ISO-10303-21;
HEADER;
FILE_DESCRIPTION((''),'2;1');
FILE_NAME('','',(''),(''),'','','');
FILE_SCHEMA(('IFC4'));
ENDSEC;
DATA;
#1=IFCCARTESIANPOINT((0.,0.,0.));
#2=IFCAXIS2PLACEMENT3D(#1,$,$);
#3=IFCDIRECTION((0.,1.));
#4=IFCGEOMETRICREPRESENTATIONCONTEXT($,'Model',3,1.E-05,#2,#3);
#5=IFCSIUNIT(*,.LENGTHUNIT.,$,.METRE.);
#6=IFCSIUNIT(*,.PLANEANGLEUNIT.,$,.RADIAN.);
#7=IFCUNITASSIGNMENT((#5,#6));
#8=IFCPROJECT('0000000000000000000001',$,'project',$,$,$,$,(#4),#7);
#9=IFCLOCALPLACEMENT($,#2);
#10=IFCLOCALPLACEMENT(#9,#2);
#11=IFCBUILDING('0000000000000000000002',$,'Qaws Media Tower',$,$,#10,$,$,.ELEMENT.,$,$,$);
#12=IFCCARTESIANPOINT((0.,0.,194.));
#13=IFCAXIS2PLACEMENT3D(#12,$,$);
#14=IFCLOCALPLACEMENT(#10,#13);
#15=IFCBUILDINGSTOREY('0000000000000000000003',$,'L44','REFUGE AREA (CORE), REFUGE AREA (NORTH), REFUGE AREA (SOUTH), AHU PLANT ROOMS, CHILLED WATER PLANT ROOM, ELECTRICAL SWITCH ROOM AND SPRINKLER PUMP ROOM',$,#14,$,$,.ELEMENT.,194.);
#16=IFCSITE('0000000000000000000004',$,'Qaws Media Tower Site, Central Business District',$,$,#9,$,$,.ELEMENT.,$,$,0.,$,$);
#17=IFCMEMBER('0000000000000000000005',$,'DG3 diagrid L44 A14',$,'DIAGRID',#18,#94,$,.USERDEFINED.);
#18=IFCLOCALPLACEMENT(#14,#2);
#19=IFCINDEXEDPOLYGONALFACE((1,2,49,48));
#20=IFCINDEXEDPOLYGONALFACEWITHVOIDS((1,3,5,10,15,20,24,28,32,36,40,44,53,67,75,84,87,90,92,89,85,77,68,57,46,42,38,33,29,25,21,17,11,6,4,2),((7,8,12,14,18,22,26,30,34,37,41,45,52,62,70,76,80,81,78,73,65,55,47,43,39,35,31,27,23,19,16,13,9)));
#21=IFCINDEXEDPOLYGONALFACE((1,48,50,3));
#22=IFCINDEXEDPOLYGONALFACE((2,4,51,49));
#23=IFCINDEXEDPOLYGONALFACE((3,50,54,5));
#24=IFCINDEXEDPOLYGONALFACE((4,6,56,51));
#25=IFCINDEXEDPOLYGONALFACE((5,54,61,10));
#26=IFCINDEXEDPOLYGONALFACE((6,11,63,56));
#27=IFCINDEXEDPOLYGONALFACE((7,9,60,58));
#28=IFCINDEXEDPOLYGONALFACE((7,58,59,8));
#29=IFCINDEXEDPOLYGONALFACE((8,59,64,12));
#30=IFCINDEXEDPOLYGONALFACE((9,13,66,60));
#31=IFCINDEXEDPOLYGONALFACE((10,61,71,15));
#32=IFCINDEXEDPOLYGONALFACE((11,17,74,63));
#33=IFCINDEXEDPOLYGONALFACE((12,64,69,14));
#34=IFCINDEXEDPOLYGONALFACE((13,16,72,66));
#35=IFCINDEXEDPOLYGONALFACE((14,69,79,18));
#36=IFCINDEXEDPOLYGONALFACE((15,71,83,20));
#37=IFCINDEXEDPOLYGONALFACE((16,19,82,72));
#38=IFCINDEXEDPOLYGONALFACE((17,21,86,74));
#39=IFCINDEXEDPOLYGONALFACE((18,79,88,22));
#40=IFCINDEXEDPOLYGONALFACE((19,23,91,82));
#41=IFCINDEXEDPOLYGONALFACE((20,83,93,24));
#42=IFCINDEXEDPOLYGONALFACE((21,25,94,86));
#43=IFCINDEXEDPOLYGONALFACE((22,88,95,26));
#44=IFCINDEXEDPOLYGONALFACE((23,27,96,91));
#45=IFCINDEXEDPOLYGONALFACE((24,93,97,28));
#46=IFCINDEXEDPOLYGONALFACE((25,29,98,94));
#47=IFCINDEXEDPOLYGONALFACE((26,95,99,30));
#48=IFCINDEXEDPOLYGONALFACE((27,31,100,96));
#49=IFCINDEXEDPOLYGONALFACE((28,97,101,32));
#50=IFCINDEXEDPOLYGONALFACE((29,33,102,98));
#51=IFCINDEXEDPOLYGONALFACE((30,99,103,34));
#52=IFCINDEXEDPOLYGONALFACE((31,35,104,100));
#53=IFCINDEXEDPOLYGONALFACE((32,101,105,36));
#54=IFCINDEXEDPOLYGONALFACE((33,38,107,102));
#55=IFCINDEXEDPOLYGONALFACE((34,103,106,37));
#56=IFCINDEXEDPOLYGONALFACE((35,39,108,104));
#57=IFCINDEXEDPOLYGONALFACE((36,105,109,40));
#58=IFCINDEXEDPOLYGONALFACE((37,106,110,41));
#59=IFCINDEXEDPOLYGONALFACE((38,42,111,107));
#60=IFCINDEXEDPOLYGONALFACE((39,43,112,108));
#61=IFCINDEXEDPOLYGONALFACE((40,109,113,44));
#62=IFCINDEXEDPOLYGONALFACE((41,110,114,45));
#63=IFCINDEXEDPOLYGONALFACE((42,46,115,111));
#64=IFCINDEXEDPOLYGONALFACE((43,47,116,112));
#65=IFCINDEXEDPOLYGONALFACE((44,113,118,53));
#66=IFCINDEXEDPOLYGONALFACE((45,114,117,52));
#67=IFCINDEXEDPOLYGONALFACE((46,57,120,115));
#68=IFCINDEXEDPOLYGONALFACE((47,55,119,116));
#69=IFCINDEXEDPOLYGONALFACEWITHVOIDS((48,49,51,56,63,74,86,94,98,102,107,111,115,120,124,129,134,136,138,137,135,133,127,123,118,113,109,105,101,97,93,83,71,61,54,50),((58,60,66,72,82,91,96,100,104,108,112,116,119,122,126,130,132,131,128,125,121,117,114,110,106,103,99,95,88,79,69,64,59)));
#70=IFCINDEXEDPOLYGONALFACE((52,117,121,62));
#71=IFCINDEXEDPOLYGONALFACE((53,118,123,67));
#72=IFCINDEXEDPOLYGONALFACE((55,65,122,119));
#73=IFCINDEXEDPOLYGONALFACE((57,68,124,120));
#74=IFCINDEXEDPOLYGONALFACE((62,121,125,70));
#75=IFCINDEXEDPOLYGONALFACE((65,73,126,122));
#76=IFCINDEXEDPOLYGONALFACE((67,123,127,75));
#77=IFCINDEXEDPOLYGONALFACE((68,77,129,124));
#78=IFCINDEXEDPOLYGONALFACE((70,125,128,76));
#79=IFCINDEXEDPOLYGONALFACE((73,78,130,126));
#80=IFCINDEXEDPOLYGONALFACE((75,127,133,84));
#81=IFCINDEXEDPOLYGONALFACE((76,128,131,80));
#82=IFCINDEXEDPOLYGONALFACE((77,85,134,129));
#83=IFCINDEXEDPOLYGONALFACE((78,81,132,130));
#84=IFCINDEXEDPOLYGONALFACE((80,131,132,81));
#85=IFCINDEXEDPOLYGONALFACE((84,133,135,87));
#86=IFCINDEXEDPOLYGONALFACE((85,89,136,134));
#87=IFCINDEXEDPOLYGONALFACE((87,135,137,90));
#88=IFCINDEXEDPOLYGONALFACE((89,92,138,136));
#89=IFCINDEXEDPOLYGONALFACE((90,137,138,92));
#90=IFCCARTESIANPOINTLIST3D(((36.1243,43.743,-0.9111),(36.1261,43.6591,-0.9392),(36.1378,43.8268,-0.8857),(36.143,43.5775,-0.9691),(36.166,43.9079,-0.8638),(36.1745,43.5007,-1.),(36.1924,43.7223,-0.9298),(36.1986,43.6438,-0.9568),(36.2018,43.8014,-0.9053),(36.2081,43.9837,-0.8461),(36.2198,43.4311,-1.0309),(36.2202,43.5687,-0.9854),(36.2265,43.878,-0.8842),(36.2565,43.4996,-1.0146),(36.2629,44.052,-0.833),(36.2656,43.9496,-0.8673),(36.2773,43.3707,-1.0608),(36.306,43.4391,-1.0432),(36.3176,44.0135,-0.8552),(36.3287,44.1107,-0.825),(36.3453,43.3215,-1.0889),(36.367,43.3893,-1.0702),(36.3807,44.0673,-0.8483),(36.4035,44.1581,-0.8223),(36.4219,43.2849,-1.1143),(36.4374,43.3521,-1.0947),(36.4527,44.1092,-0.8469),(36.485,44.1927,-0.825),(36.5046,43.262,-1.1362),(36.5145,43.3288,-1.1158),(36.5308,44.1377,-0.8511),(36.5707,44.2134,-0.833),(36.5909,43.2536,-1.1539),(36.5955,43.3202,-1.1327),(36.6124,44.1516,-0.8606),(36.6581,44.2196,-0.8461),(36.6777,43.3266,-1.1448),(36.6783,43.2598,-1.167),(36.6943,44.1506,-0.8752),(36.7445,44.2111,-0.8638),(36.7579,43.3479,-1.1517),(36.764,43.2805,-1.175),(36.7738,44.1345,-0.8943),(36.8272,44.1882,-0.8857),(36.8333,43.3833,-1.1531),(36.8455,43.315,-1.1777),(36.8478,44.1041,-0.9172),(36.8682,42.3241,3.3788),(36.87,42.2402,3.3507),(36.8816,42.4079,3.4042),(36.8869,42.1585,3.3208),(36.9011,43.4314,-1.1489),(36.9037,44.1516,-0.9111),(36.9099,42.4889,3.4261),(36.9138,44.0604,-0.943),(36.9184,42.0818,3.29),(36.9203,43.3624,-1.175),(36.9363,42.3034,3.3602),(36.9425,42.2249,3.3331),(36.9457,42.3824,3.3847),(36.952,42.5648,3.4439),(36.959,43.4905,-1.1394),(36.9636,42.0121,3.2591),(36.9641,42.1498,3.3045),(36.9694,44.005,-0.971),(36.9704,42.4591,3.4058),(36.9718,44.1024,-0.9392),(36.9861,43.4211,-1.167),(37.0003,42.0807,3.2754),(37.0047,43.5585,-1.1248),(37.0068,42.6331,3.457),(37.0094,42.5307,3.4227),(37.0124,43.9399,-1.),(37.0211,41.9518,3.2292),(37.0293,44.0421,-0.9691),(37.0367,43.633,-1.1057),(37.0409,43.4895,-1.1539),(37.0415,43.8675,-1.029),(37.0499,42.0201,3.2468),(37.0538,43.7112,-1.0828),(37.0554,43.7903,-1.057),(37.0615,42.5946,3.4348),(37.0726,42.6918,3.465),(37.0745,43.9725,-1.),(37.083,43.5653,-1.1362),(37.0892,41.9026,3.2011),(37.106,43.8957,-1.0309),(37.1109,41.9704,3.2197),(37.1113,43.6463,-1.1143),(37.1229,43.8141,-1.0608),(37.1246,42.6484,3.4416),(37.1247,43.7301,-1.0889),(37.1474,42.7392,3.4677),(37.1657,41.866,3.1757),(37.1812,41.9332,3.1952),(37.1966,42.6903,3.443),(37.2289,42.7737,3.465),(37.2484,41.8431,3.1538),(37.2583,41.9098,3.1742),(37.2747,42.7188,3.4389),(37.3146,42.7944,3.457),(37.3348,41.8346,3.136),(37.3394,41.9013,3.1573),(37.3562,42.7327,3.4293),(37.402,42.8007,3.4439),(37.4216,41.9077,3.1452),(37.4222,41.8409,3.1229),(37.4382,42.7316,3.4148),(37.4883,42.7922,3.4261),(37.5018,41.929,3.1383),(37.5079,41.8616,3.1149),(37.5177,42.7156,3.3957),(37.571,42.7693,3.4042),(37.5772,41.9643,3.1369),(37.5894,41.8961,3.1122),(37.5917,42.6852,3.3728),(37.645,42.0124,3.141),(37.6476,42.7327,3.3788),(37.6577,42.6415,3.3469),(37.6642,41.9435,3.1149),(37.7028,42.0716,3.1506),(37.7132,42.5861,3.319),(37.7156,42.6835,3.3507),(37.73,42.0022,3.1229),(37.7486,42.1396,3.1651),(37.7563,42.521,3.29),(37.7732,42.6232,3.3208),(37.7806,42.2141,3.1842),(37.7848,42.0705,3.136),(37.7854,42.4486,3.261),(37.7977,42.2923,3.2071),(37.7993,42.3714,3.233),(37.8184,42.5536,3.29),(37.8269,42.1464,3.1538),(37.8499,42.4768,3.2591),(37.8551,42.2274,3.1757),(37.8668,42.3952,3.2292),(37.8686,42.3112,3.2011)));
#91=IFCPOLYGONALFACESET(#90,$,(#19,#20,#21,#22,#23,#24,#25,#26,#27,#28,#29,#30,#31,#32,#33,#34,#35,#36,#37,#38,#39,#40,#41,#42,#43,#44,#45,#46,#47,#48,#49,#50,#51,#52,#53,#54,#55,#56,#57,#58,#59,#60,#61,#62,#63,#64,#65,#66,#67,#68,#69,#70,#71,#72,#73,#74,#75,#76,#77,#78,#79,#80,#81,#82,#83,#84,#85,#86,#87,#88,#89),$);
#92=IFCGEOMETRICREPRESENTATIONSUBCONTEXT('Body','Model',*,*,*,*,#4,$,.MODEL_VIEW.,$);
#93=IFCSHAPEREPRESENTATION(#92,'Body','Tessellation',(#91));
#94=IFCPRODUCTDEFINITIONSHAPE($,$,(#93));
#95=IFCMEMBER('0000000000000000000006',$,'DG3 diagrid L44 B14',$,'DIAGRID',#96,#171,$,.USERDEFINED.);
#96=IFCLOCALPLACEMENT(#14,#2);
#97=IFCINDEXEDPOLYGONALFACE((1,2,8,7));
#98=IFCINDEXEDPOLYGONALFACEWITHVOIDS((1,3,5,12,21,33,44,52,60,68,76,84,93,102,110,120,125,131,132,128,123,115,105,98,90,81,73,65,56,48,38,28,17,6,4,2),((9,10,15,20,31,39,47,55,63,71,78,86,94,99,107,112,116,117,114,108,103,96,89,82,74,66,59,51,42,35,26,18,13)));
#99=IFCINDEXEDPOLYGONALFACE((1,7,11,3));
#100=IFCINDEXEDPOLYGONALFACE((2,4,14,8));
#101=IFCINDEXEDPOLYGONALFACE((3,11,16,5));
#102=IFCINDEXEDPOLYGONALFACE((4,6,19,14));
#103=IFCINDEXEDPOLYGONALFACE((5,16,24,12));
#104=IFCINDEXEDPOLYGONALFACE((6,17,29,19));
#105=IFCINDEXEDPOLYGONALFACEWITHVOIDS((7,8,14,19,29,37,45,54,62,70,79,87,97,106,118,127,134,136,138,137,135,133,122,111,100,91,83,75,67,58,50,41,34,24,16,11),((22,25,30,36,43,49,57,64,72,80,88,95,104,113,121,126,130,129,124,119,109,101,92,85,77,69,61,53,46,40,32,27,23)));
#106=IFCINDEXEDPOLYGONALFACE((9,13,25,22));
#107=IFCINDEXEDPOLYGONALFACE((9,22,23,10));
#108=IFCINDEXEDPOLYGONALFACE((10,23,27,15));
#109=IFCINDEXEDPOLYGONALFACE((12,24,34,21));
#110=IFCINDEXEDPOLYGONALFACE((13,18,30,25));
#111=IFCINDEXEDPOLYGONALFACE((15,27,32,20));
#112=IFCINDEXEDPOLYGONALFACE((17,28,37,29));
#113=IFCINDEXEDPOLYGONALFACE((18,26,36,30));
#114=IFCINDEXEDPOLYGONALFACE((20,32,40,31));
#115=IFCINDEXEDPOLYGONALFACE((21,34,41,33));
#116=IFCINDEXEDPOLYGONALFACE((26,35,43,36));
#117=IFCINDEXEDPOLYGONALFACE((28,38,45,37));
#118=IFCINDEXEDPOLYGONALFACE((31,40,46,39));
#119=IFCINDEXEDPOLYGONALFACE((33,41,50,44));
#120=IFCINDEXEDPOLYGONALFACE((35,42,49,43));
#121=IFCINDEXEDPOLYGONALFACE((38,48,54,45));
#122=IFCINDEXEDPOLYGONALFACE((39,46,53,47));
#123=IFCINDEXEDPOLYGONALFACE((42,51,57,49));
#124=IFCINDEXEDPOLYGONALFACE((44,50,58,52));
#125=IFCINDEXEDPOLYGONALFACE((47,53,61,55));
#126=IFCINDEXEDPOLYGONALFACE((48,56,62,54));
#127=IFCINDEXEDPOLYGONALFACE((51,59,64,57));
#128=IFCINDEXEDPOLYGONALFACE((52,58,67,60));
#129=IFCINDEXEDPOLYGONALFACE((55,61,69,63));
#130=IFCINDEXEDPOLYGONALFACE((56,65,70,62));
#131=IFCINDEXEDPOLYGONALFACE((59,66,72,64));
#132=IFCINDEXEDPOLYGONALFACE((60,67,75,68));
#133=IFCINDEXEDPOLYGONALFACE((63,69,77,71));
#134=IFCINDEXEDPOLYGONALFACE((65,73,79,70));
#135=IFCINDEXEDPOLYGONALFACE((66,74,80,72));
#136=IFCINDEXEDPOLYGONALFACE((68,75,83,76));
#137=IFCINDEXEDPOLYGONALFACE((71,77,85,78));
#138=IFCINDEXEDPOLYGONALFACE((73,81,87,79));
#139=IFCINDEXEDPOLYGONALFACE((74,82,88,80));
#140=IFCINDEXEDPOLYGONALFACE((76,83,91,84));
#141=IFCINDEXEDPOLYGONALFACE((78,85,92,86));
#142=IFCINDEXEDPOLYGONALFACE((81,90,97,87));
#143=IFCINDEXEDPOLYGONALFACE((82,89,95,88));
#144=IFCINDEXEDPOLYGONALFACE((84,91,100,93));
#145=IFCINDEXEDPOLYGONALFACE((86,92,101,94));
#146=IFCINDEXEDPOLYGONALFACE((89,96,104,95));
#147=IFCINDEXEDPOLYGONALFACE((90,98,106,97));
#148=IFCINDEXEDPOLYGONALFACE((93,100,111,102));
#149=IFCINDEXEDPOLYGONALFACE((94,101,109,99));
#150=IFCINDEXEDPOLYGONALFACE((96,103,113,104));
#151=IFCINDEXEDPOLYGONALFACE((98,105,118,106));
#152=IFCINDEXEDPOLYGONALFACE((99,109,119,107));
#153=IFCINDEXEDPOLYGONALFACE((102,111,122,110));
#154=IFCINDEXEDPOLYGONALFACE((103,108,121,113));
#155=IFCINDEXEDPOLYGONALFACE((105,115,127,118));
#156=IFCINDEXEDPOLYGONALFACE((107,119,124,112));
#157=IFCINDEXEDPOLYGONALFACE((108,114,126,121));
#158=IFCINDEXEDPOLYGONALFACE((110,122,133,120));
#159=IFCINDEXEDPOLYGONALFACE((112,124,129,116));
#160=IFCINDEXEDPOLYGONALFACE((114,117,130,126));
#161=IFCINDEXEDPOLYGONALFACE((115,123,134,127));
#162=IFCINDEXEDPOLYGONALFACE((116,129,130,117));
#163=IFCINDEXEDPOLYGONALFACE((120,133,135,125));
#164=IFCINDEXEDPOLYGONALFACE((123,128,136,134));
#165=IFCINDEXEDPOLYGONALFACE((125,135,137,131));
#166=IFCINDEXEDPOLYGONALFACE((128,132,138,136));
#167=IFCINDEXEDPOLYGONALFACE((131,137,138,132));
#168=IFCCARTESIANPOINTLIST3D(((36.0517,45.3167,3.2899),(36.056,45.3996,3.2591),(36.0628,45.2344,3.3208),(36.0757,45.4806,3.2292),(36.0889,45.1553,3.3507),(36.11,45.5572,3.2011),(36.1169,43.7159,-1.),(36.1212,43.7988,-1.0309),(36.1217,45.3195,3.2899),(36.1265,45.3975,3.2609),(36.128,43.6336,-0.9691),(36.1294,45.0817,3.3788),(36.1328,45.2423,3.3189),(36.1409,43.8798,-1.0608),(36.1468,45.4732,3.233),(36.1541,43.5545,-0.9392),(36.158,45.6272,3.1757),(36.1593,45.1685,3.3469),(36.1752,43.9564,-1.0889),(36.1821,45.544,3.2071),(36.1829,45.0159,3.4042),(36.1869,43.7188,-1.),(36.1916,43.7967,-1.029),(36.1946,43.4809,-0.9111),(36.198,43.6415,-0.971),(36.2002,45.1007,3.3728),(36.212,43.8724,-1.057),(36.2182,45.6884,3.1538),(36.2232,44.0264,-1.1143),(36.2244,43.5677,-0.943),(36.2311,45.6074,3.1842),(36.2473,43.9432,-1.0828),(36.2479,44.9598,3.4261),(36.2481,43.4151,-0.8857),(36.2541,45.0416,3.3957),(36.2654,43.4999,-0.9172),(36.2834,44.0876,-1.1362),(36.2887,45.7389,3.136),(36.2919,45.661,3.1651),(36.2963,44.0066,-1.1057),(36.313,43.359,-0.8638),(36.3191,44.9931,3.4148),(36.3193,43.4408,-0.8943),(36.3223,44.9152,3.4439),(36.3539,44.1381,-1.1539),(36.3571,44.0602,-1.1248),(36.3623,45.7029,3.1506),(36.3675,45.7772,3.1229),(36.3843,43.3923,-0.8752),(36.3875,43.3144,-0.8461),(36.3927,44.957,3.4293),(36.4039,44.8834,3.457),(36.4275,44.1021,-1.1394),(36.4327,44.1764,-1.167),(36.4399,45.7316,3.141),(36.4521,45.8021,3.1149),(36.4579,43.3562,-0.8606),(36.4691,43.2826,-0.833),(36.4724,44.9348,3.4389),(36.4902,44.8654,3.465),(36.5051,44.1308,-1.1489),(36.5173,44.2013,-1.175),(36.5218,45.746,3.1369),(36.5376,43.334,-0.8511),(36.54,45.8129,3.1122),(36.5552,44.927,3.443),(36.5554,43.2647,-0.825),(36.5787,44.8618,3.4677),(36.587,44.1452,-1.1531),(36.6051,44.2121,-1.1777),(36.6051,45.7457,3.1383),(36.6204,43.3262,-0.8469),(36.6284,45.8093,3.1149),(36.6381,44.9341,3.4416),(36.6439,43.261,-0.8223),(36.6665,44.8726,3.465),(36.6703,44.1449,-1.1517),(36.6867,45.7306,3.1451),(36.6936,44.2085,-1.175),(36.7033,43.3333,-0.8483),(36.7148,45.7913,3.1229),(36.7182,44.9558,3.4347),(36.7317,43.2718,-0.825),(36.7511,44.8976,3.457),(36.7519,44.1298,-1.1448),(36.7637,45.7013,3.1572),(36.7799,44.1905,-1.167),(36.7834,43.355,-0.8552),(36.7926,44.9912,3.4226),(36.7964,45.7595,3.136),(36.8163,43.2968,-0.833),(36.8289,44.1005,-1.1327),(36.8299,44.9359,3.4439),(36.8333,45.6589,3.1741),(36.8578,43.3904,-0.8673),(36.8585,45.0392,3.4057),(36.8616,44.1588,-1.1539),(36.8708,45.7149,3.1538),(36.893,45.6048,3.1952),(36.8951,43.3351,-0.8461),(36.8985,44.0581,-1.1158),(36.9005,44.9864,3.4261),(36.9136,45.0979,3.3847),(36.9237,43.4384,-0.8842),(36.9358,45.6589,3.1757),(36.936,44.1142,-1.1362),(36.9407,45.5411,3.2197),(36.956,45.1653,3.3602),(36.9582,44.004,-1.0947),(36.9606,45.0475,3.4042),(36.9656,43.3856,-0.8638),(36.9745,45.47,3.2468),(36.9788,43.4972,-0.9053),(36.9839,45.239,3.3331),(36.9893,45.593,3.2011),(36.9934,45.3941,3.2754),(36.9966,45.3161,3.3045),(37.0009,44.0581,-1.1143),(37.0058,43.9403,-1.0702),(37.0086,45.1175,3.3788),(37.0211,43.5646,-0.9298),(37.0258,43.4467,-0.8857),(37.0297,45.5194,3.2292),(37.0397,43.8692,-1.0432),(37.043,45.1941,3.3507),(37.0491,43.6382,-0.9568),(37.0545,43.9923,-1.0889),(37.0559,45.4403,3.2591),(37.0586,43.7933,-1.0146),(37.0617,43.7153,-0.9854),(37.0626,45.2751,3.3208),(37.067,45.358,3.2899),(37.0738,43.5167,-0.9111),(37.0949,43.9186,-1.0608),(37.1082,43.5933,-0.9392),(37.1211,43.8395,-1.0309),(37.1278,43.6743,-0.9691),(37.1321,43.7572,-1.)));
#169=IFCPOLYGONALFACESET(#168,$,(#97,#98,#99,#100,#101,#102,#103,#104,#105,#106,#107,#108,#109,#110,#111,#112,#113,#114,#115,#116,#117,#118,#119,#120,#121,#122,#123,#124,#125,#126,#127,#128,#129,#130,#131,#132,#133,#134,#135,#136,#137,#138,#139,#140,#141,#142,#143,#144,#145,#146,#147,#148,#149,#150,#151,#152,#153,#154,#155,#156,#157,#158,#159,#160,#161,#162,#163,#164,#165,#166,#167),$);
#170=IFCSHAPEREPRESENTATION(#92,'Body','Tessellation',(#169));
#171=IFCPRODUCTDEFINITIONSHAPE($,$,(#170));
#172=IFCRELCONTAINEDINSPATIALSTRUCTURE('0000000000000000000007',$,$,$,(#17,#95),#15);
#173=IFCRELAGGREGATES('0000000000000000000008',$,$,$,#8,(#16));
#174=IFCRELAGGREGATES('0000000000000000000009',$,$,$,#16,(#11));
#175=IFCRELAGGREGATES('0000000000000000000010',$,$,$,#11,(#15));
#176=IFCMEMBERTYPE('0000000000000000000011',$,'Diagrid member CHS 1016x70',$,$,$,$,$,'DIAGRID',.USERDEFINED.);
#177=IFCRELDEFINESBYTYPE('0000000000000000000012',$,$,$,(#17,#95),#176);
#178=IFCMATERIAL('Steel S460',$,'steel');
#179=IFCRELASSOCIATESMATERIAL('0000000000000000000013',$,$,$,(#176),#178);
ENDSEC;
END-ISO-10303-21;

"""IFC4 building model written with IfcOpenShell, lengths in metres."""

from ifc_helpers import new_model, si_unit, direction, frame, origin, origin_2d, place, context, subcontext, project, spatial, hollow_circle, extrude, material, material_profile, profile_set, type_object, element, save


model = new_model("IFC4")

# Units and contexts
model_context = context("Model", 3, precision=1e-05, world=origin(), true_north=direction((0.0, 1.0)))
body_context = subcontext(model_context, "Body", "Model", "MODEL_VIEW")
ifc_project = project(units=[si_unit("LENGTHUNIT", "METRE"), si_unit("PLANEANGLEUNIT", "RADIAN")], contexts=[model_context])

# Site, building, storey
site_placement = place(None, origin())
site = spatial("IfcSite", under=ifc_project, at=site_placement, Name="Qaws Media Tower Site, Central Business District", CompositionType="ELEMENT", RefElevation=0.0)
building_placement = place(site_placement, origin())
building = spatial("IfcBuilding", under=site, at=building_placement, Name="Qaws Media Tower", CompositionType="ELEMENT")
storey_placement = place(building_placement, frame((0.0, 0.0, 194.0)))
storey = spatial("IfcBuildingStorey", under=building, at=storey_placement, Name="L44", Description="REFUGE AREA (CORE), REFUGE AREA (NORTH), REFUGE AREA (SOUTH), AHU PLANT ROOMS, CHILLED WATER PLANT ROOM, ELECTRICAL SWITCH ROOM AND SPRINKLER PUMP ROOM", CompositionType="ELEMENT", Elevation=194.0)

# Members
ifc_material_1 = material(Name="Steel S460", Category="steel")
ifc_material_profile_1 = material_profile(ifc_material_1, hollow_circle(Radius=0.5081, WallThickness=0.0701, at=origin_2d()), Name="CHS 1016x70")
ifc_profile_set_1 = profile_set([ifc_material_profile_1], Name="Steel S460")
member_type = type_object("IfcMemberType", Name="Diagrid member CHS 1016x70", ElementType="DIAGRID", PredefinedType="USERDEFINED", material=ifc_profile_set_1)
for number, where, z_axis, x_axis, name in (
    (1, (36.6245, 43.7366, -1.0), (0.162443, -0.309852, 0.936805), (0.885667, 0.46432, 0.0), "DG3 diagrid L44 A14"),
    (2, (36.6245, 43.7366, -1.0), (-0.014234, 0.349568, 0.936803), (-0.999172, -0.040686, 0.0), "DG3 diagrid L44 B14"),
):
    element("IfcMember", number, at=place(storey_placement, frame(where, z_axis=z_axis, x_axis=x_axis)), inside=storey, type_object=member_type, Name=name, ObjectType="DIAGRID", PredefinedType="USERDEFINED", context=body_context, shape_type="SweptSolid", body=[
        extrude(hollow_circle(Radius=0.5081, WallThickness=0.0701, at=origin_2d()), origin(), (0.0, 0.0, 1.0), 4.5793),
    ])

save(model, "model.ifc")
